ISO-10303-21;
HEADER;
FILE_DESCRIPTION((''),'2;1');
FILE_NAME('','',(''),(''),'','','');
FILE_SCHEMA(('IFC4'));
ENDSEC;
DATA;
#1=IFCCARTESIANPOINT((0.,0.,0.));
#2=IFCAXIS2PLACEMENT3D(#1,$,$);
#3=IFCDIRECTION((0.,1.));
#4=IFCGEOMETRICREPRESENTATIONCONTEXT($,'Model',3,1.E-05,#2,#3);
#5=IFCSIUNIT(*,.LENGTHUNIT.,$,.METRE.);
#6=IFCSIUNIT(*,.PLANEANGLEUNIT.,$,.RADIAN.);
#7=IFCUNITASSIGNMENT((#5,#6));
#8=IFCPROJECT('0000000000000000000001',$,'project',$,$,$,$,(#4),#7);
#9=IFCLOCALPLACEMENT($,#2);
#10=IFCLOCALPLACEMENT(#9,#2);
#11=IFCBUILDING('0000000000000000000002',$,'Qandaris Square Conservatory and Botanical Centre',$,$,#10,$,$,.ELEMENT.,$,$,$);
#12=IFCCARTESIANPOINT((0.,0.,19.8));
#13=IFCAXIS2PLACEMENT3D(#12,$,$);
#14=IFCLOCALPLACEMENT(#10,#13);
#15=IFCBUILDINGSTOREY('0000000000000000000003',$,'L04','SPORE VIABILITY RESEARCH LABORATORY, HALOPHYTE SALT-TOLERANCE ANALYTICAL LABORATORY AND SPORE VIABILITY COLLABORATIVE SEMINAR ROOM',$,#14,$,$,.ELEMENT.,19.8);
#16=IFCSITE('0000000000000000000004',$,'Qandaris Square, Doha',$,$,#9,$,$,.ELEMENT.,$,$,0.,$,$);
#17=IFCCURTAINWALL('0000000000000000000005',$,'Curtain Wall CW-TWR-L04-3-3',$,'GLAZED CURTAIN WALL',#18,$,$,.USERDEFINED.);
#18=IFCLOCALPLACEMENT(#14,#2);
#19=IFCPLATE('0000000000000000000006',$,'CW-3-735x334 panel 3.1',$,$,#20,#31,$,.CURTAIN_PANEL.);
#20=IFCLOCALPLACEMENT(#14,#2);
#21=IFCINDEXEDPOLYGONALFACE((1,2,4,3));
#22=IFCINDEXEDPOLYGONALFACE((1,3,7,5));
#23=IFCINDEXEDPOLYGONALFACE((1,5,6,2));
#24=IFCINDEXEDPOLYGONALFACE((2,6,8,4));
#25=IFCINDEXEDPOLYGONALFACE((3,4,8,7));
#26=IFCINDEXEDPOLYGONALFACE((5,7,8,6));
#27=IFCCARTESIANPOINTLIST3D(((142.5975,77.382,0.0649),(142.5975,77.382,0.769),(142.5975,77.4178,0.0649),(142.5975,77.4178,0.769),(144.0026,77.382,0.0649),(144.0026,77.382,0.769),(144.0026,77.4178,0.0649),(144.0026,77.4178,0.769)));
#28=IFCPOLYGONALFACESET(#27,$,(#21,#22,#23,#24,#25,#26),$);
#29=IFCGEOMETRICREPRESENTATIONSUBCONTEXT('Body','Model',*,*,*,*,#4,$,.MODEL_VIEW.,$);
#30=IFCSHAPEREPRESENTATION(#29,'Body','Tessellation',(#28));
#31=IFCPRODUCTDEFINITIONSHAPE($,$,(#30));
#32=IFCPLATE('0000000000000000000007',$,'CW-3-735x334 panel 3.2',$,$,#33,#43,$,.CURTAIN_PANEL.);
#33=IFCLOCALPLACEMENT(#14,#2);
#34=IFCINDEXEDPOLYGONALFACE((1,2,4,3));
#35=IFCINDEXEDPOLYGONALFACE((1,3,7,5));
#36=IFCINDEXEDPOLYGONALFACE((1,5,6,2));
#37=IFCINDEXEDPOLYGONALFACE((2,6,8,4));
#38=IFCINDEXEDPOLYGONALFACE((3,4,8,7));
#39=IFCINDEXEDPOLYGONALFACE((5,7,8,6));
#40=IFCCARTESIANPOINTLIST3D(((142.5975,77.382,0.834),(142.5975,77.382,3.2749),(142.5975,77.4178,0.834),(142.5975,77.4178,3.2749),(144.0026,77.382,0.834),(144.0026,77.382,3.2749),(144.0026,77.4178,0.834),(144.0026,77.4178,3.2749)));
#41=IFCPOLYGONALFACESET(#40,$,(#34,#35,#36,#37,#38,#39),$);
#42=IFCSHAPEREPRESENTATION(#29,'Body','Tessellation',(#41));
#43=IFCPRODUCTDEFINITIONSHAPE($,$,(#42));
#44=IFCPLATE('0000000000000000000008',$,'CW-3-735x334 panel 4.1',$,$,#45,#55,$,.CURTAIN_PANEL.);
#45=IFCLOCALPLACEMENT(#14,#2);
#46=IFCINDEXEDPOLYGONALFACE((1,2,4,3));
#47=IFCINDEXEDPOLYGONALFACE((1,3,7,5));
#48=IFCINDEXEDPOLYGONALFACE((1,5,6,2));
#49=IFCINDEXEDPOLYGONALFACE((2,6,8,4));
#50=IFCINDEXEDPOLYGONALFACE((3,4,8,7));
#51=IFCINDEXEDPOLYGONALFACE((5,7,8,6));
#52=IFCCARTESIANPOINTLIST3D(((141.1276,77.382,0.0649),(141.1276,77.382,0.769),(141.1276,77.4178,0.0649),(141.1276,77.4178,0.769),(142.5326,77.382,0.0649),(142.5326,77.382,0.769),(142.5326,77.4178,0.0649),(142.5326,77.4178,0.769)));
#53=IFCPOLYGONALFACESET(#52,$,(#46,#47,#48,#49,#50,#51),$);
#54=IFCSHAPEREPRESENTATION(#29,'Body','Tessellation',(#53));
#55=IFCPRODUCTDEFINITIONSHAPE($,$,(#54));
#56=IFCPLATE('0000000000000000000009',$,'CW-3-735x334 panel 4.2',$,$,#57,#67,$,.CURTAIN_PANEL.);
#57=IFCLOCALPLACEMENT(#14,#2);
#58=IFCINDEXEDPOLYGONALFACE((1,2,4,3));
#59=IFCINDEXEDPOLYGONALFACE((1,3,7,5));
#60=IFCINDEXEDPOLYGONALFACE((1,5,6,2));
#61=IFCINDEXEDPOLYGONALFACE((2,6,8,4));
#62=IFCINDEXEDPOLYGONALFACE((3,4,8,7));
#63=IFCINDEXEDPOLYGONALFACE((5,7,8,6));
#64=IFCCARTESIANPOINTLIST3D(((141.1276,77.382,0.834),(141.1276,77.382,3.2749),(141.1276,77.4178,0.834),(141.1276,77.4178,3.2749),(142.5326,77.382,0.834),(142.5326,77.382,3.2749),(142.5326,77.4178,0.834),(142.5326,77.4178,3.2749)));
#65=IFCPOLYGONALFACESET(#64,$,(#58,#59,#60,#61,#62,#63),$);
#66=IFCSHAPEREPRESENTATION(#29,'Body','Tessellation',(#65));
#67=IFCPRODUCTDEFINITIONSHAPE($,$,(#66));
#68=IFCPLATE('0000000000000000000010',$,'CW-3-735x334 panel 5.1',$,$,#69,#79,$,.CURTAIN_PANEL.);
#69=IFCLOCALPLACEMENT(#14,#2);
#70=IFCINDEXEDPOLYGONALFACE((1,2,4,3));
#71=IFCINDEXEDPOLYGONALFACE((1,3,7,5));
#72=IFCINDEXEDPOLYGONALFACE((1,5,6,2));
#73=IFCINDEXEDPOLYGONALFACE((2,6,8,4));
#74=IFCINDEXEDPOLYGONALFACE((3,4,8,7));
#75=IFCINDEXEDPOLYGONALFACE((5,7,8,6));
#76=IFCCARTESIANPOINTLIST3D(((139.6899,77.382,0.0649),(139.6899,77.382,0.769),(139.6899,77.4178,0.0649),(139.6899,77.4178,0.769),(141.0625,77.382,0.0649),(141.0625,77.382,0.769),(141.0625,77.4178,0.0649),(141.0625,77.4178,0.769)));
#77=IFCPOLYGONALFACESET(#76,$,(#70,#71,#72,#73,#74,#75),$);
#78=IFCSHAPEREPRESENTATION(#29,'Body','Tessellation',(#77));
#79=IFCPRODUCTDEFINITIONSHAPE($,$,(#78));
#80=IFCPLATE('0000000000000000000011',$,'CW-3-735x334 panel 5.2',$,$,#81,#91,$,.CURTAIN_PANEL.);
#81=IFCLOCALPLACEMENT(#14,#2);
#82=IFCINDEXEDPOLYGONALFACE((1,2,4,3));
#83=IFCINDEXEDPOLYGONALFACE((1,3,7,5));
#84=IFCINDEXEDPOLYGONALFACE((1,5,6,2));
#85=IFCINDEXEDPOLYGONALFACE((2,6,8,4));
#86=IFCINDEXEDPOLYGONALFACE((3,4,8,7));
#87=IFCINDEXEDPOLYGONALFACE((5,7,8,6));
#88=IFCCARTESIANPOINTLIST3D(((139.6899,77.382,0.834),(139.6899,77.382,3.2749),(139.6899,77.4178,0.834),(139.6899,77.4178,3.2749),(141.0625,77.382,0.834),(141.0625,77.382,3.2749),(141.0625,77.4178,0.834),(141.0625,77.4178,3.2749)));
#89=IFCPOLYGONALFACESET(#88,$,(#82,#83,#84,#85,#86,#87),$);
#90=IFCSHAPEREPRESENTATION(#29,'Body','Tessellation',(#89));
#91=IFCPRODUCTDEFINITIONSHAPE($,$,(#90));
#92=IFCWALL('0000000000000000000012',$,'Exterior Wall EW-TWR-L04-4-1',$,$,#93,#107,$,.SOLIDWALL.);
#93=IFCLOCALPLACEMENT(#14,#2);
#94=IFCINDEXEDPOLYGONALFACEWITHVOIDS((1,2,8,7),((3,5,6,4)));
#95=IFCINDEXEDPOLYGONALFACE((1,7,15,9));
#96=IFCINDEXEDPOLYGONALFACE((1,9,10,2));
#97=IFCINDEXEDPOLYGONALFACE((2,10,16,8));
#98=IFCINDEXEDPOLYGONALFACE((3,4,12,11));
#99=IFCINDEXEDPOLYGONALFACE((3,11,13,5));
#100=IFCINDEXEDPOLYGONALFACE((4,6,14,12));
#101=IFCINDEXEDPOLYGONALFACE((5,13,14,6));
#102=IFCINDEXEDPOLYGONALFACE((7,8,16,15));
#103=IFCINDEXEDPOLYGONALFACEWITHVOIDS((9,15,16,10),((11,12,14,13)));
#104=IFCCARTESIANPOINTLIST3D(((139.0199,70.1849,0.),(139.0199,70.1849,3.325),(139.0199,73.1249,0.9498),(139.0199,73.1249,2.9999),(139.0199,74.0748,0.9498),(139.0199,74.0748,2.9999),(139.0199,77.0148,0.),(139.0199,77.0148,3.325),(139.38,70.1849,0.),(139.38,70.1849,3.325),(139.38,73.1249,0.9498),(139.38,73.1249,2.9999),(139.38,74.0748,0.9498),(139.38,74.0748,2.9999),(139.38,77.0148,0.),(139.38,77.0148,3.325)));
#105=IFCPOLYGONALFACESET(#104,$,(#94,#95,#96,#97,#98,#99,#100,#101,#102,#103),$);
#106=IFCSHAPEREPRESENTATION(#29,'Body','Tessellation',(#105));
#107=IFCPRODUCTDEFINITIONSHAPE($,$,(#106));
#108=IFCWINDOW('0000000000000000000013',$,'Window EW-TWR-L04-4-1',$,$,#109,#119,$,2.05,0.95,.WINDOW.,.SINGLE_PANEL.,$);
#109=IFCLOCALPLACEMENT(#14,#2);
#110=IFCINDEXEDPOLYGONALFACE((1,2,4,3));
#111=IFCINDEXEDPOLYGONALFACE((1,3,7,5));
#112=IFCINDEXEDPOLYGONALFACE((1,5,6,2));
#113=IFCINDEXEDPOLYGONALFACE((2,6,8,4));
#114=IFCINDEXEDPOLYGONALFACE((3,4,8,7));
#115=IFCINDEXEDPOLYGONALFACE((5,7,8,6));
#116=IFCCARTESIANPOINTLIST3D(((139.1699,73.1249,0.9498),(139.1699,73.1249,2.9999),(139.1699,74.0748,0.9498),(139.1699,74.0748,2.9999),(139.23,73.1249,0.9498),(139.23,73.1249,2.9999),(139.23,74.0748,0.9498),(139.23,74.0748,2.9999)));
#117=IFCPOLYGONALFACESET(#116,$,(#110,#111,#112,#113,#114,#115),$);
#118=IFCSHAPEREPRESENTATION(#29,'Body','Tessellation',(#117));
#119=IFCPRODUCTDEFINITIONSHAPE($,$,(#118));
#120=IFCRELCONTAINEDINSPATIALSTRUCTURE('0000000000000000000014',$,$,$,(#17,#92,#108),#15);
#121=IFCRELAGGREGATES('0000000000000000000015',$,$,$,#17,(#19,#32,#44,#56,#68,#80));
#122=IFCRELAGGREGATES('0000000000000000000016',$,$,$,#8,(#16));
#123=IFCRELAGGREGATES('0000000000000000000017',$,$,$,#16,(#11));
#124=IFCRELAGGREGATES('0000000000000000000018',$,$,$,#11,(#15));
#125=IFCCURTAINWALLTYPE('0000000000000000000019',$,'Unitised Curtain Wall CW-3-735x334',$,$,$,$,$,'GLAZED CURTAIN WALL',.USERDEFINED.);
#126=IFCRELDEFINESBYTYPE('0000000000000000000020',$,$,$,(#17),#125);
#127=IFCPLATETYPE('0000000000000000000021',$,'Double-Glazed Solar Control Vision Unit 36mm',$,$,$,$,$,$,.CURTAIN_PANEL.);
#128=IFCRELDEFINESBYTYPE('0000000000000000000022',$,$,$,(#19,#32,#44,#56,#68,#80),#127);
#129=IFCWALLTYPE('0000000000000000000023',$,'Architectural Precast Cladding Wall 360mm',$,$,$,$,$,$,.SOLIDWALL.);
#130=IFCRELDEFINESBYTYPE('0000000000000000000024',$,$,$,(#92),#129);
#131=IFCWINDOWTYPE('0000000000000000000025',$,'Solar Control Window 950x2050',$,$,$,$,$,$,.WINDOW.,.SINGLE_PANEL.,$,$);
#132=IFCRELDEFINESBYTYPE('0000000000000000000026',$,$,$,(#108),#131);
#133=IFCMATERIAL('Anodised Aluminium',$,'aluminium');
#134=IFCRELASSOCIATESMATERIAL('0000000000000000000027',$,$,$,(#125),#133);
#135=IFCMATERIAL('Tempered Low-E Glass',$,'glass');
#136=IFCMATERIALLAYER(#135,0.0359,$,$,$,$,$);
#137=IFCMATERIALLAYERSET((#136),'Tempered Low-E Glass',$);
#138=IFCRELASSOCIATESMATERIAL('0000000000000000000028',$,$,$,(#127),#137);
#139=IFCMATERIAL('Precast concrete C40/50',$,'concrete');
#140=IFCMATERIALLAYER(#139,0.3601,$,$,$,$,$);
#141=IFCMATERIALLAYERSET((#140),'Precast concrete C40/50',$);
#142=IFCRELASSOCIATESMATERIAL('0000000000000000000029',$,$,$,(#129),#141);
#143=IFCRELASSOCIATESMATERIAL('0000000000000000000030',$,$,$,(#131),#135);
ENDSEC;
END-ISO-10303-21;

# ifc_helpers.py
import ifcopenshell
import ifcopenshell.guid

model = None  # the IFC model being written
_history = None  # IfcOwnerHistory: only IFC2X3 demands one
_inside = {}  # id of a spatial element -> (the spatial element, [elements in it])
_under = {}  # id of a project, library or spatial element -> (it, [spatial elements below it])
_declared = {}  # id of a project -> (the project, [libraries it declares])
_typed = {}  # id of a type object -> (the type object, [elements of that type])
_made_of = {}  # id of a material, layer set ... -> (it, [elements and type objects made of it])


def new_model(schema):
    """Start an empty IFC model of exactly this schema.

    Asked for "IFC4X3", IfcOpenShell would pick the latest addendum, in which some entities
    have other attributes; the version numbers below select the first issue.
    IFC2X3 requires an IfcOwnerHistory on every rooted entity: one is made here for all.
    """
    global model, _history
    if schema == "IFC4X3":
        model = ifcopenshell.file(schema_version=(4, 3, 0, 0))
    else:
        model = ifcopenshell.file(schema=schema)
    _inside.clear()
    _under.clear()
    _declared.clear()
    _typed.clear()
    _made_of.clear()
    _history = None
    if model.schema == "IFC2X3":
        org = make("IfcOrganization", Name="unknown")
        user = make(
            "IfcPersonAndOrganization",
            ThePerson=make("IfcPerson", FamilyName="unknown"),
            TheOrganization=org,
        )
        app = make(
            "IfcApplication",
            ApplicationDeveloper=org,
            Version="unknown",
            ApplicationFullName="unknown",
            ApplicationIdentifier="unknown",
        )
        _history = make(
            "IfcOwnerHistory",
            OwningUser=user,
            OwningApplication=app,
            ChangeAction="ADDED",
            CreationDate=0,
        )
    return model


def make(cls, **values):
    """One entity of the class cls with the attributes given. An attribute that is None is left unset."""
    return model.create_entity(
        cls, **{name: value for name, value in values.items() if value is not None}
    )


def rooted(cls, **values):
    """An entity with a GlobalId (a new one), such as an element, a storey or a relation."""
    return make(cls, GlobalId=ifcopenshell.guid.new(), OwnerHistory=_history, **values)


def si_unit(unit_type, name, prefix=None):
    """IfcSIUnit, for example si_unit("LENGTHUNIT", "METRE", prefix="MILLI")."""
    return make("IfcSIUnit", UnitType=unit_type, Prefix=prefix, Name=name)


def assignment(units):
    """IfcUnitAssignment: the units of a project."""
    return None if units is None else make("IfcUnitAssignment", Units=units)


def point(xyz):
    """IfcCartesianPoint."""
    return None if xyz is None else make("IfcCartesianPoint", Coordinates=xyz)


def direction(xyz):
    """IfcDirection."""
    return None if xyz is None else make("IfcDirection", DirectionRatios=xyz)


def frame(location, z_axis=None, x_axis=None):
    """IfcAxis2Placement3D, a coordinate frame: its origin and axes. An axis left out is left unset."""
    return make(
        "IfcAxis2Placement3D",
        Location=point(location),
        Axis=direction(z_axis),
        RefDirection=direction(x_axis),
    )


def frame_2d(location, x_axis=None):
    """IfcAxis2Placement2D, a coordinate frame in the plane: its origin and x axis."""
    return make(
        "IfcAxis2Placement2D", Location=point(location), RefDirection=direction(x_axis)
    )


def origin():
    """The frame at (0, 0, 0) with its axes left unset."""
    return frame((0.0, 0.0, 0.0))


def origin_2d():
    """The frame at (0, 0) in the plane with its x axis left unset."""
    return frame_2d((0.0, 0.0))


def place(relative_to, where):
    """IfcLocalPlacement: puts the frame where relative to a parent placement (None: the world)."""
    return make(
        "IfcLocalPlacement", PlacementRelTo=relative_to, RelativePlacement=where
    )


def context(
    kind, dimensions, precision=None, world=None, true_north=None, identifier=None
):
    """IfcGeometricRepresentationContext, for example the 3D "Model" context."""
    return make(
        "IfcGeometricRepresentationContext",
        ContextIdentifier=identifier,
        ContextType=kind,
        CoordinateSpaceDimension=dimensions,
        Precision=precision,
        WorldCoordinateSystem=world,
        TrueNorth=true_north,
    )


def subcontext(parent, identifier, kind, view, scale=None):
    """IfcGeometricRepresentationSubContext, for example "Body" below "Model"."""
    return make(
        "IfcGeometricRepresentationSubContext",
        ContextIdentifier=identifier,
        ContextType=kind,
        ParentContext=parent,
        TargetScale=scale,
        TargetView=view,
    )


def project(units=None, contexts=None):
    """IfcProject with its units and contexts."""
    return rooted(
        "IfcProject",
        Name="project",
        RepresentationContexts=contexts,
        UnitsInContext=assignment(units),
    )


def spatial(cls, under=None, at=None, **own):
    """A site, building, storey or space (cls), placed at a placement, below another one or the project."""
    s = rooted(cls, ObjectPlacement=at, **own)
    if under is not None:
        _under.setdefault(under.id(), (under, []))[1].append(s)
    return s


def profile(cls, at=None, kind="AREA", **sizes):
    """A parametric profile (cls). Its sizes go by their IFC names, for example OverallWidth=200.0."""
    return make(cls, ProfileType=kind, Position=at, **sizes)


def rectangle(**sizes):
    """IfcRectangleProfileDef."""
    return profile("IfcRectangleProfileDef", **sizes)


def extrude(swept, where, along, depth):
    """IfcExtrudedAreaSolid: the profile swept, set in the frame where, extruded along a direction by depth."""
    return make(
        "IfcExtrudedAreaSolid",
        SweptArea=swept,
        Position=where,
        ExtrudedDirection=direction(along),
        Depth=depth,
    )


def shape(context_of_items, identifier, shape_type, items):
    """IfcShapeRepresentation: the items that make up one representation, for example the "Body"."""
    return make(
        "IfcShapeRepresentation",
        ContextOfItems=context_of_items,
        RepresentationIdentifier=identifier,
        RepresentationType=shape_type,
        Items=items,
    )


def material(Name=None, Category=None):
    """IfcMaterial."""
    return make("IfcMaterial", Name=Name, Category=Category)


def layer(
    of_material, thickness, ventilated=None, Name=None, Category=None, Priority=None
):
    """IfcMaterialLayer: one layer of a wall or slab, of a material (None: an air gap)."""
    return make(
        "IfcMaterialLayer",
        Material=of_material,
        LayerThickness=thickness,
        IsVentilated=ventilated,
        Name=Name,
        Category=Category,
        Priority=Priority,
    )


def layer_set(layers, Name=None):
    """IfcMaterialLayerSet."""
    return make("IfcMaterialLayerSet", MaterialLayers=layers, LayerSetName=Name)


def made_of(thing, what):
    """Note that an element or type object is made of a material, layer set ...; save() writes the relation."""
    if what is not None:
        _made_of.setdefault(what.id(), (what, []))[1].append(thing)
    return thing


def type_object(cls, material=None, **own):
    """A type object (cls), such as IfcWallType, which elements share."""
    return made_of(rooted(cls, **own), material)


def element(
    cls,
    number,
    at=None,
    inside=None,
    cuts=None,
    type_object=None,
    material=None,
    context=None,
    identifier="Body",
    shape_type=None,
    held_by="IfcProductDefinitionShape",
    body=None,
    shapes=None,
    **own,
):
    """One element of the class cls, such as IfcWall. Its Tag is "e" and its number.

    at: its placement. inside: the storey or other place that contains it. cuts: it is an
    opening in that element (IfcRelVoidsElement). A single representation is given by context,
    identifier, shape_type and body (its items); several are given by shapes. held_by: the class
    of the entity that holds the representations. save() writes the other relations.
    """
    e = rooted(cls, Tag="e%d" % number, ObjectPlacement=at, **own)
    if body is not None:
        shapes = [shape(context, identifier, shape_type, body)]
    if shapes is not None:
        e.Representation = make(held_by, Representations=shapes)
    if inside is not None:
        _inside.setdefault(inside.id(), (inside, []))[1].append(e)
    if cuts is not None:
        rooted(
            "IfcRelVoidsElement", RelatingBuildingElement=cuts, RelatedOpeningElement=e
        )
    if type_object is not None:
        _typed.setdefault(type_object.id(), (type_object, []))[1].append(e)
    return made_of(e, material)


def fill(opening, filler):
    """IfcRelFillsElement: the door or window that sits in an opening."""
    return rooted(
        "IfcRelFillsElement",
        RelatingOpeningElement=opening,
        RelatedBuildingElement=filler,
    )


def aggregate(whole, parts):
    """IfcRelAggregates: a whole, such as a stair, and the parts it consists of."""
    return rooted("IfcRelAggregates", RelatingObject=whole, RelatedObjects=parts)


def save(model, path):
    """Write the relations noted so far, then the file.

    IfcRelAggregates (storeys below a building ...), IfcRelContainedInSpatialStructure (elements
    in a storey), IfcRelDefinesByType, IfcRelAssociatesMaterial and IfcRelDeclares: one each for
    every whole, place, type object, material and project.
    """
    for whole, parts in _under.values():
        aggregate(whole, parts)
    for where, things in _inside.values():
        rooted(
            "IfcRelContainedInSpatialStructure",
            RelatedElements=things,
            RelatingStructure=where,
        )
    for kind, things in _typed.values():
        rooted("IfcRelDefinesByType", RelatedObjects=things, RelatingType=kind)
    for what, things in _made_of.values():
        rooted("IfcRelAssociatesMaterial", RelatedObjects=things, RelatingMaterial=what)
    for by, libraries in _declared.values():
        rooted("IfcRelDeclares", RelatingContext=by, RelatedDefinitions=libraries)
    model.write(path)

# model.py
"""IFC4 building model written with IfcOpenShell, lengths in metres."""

from ifc_helpers import new_model, si_unit, direction, frame, frame_2d, origin, origin_2d, place, context, subcontext, project, spatial, rectangle, extrude, material, layer, layer_set, type_object, element, fill, aggregate, save


model = new_model("IFC4")

# Units and contexts
model_context = context("Model", 3, precision=1e-05, world=origin(), true_north=direction((0.0, 1.0)))
body_context = subcontext(model_context, "Body", "Model", "MODEL_VIEW")
ifc_project = project(units=[si_unit("LENGTHUNIT", "METRE"), si_unit("PLANEANGLEUNIT", "RADIAN")], contexts=[model_context])

# Site, building, storey
site_placement = place(None, origin())
site = spatial("IfcSite", under=ifc_project, at=site_placement, Name="Qandaris Square, Doha", CompositionType="ELEMENT", RefElevation=0.0)
building_placement = place(site_placement, origin())
building = spatial("IfcBuilding", under=site, at=building_placement, Name="Qandaris Square Conservatory and Botanical Centre", CompositionType="ELEMENT")
storey_placement = place(building_placement, frame((0.0, 0.0, 19.8)))
storey = spatial("IfcBuildingStorey", under=building, at=storey_placement, Name="L04", Description="SPORE VIABILITY RESEARCH LABORATORY, HALOPHYTE SALT-TOLERANCE ANALYTICAL LABORATORY AND SPORE VIABILITY COLLABORATIVE SEMINAR ROOM", CompositionType="ELEMENT", Elevation=19.8)

# Curtain wall
ifc_material_1 = material(Name="Anodised Aluminium", Category="aluminium")
curtain_wall_type = type_object("IfcCurtainWallType", Name="Unitised Curtain Wall CW-3-735x334", ElementType="GLAZED CURTAIN WALL", PredefinedType="USERDEFINED", material=ifc_material_1)
curtain_wall_placement = place(storey_placement, origin())
curtain_wall = element("IfcCurtainWall", 1, at=curtain_wall_placement, inside=storey, type_object=curtain_wall_type, Name="Curtain Wall CW-TWR-L04-3-3", ObjectType="GLAZED CURTAIN WALL", PredefinedType="USERDEFINED")

# Plates
ifc_material_2 = material(Name="Tempered Low-E Glass", Category="glass")
ifc_layer_1 = layer(ifc_material_2, 0.0359)
ifc_layer_set_1 = layer_set([ifc_layer_1], Name="Tempered Low-E Glass")
plate_type = type_object("IfcPlateType", Name="Double-Glazed Solar Control Vision Unit 36mm", PredefinedType="CURTAIN_PANEL", material=ifc_layer_set_1)
plate_1_placement = place(storey_placement, frame((143.3, 77.3999, 0.0649), z_axis=(0.0, 0.0, 1.0), x_axis=(-1.0, 0.0, 0.0)))
plate_1 = element("IfcPlate", 2, at=plate_1_placement, type_object=plate_type, Name="CW-3-735x334 panel 3.1", PredefinedType="CURTAIN_PANEL", context=body_context, shape_type="SweptSolid", body=[
    extrude(rectangle(XDim=1.405, YDim=0.0359, at=origin_2d()), origin(), (0.0, 0.0, 1.0), 0.7041),
])
plate_2_placement = place(storey_placement, frame((143.3, 77.3999, 0.834), z_axis=(0.0, 0.0, 1.0), x_axis=(-1.0, 0.0, 0.0)))
plate_2 = element("IfcPlate", 3, at=plate_2_placement, type_object=plate_type, Name="CW-3-735x334 panel 3.2", PredefinedType="CURTAIN_PANEL", context=body_context, shape_type="SweptSolid", body=[
    extrude(rectangle(XDim=1.405, YDim=0.0359, at=origin_2d()), origin(), (0.0, 0.0, 1.0), 2.4409),
])
plate_3_placement = place(storey_placement, frame((141.8301, 77.3999, 0.0649), z_axis=(0.0, 0.0, 1.0), x_axis=(-1.0, 0.0, 0.0)))
plate_3 = element("IfcPlate", 4, at=plate_3_placement, type_object=plate_type, Name="CW-3-735x334 panel 4.1", PredefinedType="CURTAIN_PANEL", context=body_context, shape_type="SweptSolid", body=[
    extrude(rectangle(XDim=1.405, YDim=0.0359, at=origin_2d()), origin(), (0.0, 0.0, 1.0), 0.7041),
])
plate_4_placement = place(storey_placement, frame((141.8301, 77.3999, 0.834), z_axis=(0.0, 0.0, 1.0), x_axis=(-1.0, 0.0, 0.0)))
plate_4 = element("IfcPlate", 5, at=plate_4_placement, type_object=plate_type, Name="CW-3-735x334 panel 4.2", PredefinedType="CURTAIN_PANEL", context=body_context, shape_type="SweptSolid", body=[
    extrude(rectangle(XDim=1.405, YDim=0.0359, at=origin_2d()), origin(), (0.0, 0.0, 1.0), 2.4409),
])
plate_5_placement = place(storey_placement, frame((140.3762, 77.3999, 0.0649), z_axis=(0.0, 0.0, 1.0), x_axis=(-1.0, 0.0, 0.0)))
plate_5 = element("IfcPlate", 6, at=plate_5_placement, type_object=plate_type, Name="CW-3-735x334 panel 5.1", PredefinedType="CURTAIN_PANEL", context=body_context, shape_type="SweptSolid", body=[
    extrude(rectangle(XDim=1.3726, YDim=0.0359, at=origin_2d()), origin(), (0.0, 0.0, 1.0), 0.7041),
])
plate_6_placement = place(storey_placement, frame((140.3762, 77.3999, 0.834), z_axis=(0.0, 0.0, 1.0), x_axis=(-1.0, 0.0, 0.0)))
plate_6 = element("IfcPlate", 7, at=plate_6_placement, type_object=plate_type, Name="CW-3-735x334 panel 5.2", PredefinedType="CURTAIN_PANEL", context=body_context, shape_type="SweptSolid", body=[
    extrude(rectangle(XDim=1.3726, YDim=0.0359, at=origin_2d()), origin(), (0.0, 0.0, 1.0), 2.4409),
])
aggregate(curtain_wall, [plate_1, plate_2, plate_3, plate_4, plate_5, plate_6])

# Wall, opening, window
ifc_material_3 = material(Name="Precast concrete C40/50", Category="concrete")
ifc_layer_2 = layer(ifc_material_3, 0.3601)
ifc_layer_set_2 = layer_set([ifc_layer_2], Name="Precast concrete C40/50")
wall_type = type_object("IfcWallType", Name="Architectural Precast Cladding Wall 360mm", PredefinedType="SOLIDWALL", material=ifc_layer_set_2)
wall_placement = place(storey_placement, frame((139.2, 77.0149, 0.0), z_axis=(0.0, 0.0, 1.0), x_axis=(0.0, -1.0, 0.0)))
wall = element("IfcWall", 8, at=wall_placement, inside=storey, type_object=wall_type, Name="Exterior Wall EW-TWR-L04-4-1", PredefinedType="SOLIDWALL", context=body_context, shape_type="SweptSolid", body=[
    extrude(rectangle(XDim=6.8298, YDim=0.3601, at=frame_2d((3.415, 0.0))), origin(), (0.0, 0.0, 1.0), 3.325),
])
opening_placement = place(wall_placement, frame((2.9399, 0.0, 0.95)))
opening = element("IfcOpeningElement", 9, at=opening_placement, cuts=wall, PredefinedType="OPENING", context=body_context, shape_type="SweptSolid", body=[
    extrude(rectangle(XDim=0.95, YDim=2.05, at=frame_2d((0.4751, 1.0249))), frame((0.0, 0.1919, 0.0), z_axis=(0.0, -1.0, 0.0), x_axis=(1.0, 0.0, 0.0)), (0.0, 0.0, 1.0), 0.384),
])
window_type = type_object("IfcWindowType", Name="Solar Control Window 950x2050", PartitioningType="SINGLE_PANEL", PredefinedType="WINDOW", material=ifc_material_2)
window_placement = place(opening_placement, origin())
window = element("IfcWindow", 10, at=window_placement, inside=storey, type_object=window_type, Name="Window EW-TWR-L04-4-1", OverallHeight=2.05, OverallWidth=0.95, PartitioningType="SINGLE_PANEL", PredefinedType="WINDOW", context=body_context, shape_type="SweptSolid", body=[
    extrude(rectangle(XDim=0.95, YDim=2.05, at=frame_2d((0.4751, 1.0249))), frame((0.0, 0.03, 0.0), z_axis=(0.0, -1.0, 0.0), x_axis=(1.0, 0.0, 0.0)), (0.0, 0.0, 1.0), 0.0601),
])
fill(opening, window)

save(model, "model.ifc")
